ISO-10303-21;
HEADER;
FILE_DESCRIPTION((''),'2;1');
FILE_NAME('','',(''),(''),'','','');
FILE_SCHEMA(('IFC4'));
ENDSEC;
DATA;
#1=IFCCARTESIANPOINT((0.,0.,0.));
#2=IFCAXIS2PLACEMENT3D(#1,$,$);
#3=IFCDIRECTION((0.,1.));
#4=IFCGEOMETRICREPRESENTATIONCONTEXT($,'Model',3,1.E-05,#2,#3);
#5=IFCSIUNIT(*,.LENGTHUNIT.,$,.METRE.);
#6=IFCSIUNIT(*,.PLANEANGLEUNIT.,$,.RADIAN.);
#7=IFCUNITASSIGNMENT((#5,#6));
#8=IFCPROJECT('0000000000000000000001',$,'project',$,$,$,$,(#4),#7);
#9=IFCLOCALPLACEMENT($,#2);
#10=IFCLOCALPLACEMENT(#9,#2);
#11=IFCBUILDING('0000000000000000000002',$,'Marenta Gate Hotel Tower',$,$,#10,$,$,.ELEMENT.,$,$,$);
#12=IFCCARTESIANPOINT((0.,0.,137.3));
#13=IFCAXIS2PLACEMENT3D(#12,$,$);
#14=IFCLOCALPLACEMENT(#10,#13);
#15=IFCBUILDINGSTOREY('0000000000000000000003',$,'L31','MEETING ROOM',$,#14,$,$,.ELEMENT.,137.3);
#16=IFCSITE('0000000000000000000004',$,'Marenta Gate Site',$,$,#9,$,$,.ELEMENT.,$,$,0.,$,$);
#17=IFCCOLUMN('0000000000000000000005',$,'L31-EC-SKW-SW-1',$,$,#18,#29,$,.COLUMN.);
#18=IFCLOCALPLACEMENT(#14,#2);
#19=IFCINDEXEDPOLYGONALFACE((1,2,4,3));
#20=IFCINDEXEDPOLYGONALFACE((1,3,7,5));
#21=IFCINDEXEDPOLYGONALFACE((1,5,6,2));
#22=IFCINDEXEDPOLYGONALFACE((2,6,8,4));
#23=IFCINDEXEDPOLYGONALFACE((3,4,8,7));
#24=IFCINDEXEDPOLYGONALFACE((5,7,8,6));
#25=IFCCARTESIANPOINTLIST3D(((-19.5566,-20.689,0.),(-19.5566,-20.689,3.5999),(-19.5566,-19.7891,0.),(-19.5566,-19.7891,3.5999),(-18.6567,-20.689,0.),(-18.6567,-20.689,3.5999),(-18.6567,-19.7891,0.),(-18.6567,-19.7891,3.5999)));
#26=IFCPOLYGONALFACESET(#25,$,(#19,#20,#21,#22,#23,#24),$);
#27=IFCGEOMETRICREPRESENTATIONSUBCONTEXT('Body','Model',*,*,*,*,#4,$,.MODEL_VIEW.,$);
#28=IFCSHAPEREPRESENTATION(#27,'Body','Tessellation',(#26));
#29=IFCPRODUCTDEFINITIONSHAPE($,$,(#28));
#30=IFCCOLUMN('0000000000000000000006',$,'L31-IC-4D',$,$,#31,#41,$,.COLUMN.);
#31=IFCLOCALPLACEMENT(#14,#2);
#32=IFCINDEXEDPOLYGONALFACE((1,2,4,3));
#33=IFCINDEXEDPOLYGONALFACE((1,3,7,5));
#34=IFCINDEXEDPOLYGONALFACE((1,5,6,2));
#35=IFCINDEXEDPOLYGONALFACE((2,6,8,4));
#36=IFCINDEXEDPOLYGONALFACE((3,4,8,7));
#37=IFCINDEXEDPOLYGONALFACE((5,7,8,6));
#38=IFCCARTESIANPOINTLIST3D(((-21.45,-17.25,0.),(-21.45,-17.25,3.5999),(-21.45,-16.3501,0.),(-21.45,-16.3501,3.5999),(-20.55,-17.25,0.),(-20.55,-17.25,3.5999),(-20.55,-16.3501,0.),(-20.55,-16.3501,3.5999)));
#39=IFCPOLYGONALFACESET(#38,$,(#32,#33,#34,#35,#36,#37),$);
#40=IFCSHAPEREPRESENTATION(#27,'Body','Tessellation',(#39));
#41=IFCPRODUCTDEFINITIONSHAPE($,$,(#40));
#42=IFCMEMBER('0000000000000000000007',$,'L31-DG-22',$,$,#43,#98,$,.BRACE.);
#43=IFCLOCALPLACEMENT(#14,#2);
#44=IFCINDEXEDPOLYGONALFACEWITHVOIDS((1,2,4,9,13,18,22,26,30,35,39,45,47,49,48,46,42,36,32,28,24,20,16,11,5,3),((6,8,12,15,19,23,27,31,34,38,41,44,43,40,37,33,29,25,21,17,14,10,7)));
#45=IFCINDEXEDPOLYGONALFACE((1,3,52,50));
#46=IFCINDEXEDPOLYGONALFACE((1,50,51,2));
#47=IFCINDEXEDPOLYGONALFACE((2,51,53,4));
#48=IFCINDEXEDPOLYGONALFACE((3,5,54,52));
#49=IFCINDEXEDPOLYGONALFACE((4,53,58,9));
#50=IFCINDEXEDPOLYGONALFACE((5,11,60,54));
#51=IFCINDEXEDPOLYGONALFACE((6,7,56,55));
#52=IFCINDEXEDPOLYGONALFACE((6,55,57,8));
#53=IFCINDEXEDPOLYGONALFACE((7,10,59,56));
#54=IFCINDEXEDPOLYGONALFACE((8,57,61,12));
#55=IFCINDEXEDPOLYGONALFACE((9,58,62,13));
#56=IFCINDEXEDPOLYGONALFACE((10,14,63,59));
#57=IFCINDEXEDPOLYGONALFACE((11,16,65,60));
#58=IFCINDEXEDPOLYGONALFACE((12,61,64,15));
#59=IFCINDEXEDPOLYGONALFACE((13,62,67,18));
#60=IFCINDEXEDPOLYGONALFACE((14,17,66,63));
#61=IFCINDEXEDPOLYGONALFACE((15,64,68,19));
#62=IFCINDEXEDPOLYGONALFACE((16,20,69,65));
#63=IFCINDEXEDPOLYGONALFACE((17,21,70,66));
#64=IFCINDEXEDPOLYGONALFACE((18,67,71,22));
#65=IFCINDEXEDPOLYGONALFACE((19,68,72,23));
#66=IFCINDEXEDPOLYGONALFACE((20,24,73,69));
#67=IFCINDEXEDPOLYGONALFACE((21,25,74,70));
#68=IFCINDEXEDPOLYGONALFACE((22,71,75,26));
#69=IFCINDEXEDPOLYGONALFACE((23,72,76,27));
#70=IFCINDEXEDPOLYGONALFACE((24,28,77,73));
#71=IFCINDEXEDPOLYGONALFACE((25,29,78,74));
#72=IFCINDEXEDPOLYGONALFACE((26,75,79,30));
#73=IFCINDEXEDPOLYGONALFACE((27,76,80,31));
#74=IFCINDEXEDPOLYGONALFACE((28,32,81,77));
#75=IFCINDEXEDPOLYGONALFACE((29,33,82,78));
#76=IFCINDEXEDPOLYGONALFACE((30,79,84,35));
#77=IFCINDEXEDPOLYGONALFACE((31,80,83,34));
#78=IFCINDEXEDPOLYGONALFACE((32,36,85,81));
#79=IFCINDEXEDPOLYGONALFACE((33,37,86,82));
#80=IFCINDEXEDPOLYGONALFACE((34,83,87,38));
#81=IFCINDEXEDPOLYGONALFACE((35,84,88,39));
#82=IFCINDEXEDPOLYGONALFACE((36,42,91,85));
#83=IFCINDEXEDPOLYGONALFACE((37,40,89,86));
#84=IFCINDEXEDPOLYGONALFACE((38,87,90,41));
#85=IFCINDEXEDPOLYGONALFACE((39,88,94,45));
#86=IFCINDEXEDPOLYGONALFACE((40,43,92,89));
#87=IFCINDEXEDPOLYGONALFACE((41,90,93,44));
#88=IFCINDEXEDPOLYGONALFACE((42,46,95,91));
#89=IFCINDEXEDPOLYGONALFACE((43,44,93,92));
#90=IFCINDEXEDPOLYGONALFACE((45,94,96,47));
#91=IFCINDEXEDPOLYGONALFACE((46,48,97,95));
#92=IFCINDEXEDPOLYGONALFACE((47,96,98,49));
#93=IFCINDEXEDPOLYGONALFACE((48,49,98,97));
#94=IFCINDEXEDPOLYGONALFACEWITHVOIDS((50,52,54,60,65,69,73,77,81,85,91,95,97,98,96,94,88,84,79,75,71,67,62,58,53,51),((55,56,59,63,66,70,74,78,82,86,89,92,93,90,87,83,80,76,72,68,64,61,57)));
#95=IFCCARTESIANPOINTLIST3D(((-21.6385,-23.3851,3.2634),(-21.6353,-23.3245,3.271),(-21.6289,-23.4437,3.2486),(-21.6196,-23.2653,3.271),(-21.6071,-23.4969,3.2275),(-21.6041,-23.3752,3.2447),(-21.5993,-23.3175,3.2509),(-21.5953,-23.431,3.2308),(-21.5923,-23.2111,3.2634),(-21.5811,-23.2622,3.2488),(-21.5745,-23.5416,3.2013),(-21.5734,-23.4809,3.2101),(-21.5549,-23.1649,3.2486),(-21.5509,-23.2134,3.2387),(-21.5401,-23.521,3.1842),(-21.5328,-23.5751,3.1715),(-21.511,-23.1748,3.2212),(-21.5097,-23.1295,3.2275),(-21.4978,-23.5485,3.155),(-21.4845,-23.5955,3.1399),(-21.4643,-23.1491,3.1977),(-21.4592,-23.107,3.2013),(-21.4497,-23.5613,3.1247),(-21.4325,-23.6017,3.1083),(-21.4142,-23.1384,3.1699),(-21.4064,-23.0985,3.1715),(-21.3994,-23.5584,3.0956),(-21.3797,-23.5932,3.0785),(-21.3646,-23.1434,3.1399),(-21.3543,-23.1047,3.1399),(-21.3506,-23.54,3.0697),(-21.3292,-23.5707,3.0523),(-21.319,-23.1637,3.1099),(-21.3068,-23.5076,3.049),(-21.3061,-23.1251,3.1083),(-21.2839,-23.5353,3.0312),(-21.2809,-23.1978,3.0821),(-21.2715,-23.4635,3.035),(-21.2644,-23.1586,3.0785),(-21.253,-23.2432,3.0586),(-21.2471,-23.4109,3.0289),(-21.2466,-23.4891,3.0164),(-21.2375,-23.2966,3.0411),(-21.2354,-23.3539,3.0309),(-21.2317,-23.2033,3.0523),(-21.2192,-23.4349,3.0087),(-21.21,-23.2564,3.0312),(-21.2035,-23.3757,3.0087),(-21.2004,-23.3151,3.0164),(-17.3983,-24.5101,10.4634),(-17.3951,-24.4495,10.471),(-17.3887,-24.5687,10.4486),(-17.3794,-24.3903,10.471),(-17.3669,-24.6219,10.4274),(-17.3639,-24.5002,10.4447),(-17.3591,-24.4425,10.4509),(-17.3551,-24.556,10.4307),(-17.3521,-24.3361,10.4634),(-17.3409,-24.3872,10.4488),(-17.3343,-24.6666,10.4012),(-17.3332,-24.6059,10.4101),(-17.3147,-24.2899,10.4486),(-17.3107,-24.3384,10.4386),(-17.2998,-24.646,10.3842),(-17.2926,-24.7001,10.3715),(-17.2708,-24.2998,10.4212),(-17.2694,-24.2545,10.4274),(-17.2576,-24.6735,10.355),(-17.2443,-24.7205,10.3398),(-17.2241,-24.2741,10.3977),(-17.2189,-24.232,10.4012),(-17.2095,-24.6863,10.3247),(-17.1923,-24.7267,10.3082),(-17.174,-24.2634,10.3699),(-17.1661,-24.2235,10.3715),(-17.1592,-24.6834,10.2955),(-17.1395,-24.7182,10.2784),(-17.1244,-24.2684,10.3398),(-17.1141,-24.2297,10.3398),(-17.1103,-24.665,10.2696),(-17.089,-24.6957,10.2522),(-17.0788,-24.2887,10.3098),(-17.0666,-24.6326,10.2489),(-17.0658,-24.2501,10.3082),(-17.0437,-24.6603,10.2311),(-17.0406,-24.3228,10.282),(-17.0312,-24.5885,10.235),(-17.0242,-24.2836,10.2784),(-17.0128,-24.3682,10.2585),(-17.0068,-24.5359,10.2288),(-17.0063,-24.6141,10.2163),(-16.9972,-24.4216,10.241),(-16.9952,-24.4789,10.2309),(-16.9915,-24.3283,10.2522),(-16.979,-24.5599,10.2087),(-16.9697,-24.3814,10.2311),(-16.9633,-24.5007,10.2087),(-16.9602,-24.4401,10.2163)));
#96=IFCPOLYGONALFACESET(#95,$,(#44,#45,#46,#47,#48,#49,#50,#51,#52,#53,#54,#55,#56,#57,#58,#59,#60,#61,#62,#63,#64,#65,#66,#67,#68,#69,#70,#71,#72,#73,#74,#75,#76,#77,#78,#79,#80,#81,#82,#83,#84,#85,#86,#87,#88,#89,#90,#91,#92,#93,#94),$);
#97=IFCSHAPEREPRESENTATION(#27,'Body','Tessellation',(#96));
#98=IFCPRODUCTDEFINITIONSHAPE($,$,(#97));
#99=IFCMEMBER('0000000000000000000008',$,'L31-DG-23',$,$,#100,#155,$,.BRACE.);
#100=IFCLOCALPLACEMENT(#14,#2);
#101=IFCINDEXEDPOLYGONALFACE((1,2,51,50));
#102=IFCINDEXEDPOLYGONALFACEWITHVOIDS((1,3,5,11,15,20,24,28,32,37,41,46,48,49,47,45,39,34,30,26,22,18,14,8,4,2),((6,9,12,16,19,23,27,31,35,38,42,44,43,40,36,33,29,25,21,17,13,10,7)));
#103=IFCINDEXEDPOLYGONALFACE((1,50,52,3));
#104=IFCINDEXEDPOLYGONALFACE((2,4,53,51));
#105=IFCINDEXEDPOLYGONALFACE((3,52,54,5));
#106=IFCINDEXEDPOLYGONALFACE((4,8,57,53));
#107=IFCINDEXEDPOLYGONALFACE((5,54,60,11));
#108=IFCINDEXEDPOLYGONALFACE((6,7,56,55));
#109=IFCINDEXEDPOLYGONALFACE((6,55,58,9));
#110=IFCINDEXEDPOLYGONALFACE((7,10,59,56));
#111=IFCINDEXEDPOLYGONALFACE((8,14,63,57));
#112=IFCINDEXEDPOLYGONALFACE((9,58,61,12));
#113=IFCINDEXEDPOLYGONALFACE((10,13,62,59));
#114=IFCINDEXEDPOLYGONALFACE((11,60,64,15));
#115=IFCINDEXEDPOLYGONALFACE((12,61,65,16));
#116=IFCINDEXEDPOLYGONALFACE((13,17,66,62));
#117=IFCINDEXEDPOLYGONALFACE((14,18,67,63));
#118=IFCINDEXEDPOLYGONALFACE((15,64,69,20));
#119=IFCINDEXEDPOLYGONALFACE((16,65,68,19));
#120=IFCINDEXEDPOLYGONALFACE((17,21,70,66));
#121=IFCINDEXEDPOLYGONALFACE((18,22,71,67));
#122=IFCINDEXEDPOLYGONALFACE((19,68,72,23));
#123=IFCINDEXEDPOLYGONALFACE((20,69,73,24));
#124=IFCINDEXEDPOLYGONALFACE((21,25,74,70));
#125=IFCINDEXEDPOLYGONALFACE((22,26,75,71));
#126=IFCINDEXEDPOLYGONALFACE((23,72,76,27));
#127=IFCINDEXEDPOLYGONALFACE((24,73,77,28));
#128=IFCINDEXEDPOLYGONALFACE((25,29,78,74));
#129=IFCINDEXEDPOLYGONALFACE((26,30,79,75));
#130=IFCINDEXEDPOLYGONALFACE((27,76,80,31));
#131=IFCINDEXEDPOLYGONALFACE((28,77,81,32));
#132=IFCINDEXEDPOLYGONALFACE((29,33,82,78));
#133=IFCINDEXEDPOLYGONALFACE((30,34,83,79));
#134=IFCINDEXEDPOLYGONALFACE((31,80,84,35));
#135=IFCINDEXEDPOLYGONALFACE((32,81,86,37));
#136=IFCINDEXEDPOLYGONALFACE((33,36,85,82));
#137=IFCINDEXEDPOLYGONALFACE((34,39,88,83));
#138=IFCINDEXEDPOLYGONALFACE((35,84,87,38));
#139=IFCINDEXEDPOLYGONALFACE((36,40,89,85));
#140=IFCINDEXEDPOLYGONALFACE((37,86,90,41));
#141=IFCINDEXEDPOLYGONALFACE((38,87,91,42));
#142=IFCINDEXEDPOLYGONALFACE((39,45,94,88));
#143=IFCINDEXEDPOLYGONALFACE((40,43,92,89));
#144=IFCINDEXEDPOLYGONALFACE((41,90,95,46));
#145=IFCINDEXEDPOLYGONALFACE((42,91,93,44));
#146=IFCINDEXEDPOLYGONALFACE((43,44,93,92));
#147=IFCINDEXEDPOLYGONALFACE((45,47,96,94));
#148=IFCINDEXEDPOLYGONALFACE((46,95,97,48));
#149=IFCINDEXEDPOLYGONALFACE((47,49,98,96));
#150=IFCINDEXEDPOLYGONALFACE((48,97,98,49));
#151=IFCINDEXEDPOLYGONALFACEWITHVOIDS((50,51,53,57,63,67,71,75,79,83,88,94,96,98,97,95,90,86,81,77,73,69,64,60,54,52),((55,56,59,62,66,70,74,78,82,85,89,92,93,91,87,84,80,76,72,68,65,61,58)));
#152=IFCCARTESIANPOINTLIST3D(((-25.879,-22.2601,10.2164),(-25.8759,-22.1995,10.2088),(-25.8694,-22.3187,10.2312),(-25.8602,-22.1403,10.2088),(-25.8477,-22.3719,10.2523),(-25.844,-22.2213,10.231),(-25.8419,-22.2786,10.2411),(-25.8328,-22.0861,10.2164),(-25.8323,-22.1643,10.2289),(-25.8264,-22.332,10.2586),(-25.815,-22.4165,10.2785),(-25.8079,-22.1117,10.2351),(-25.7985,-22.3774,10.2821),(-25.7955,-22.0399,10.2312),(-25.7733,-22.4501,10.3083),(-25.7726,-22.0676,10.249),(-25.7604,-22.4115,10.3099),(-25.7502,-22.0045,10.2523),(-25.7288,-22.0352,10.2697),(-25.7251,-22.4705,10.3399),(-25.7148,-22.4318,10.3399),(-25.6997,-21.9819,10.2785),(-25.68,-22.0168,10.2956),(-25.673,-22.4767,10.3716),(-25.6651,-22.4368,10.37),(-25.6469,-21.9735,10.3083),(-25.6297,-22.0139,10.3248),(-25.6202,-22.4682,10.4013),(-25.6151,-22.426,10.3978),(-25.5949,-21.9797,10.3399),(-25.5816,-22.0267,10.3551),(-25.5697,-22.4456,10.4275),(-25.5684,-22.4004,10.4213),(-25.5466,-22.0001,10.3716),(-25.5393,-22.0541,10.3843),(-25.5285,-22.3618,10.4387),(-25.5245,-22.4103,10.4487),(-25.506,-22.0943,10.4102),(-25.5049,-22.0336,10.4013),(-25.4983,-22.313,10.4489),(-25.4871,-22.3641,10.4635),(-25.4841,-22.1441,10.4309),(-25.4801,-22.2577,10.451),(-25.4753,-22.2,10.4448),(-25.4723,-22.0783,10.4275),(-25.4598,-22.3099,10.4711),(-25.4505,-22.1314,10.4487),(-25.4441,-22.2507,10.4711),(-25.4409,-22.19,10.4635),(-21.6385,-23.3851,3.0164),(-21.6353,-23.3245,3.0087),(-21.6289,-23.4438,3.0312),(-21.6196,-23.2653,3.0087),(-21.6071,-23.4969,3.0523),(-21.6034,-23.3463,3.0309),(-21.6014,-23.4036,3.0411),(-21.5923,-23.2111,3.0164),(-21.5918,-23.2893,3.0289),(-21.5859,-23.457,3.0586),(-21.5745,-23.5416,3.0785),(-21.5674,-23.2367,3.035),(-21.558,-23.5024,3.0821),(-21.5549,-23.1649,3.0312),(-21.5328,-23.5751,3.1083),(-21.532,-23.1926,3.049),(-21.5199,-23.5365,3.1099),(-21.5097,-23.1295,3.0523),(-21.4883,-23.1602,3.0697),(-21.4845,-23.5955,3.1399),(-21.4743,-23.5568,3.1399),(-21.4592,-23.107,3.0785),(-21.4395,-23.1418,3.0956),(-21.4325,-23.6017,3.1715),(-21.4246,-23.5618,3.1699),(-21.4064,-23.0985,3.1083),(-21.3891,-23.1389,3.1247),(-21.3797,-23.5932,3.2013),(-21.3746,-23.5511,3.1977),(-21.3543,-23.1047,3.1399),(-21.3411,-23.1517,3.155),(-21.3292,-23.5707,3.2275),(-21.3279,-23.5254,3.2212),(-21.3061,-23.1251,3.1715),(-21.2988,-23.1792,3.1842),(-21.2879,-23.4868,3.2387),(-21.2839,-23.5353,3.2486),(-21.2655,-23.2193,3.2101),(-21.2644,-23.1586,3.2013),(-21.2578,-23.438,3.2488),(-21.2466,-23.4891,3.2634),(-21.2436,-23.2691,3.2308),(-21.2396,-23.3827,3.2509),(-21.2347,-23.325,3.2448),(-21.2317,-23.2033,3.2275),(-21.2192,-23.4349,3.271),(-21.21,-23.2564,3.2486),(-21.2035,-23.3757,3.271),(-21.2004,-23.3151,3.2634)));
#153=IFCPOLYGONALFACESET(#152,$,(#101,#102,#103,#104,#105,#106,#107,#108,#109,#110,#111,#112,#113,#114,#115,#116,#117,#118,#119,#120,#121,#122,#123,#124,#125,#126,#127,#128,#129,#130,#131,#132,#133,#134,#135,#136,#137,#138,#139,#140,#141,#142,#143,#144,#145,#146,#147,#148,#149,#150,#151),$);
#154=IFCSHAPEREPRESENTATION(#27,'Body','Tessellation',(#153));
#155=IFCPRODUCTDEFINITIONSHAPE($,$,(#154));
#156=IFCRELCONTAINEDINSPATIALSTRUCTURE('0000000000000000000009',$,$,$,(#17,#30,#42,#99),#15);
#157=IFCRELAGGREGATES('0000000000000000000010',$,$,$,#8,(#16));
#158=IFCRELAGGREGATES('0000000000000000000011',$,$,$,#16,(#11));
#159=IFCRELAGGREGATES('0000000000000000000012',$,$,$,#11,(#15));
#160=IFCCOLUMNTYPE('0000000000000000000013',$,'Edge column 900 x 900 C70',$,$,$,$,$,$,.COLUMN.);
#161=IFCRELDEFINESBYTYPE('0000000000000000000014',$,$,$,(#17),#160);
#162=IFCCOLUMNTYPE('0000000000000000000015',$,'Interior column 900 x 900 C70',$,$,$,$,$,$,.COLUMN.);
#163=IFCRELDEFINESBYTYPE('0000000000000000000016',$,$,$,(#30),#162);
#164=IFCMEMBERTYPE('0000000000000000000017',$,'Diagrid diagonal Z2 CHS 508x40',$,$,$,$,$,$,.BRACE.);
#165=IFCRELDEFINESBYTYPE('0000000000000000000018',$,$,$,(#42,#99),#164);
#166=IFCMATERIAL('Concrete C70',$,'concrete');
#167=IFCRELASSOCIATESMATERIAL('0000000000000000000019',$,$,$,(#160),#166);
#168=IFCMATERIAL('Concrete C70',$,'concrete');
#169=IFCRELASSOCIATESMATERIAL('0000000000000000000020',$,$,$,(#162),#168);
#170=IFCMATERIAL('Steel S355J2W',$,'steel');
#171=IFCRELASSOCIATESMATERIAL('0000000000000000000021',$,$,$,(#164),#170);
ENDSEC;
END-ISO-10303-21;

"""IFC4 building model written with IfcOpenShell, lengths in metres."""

from ifc_helpers import new_model, si_unit, direction, frame, origin, origin_2d, place, context, subcontext, project, spatial, rectangle, hollow_circle, extrude, material, material_profile, profile_set, type_object, element, save


model = new_model("IFC4")

# Units and contexts
model_context = context("Model", 3, precision=1e-05, world=origin(), true_north=direction((0.0, 1.0)))
body_context = subcontext(model_context, "Body", "Model", "MODEL_VIEW")
ifc_project = project(units=[si_unit("LENGTHUNIT", "METRE"), si_unit("PLANEANGLEUNIT", "RADIAN")], contexts=[model_context])

# Site, building, storey
site_placement = place(None, origin())
site = spatial("IfcSite", under=ifc_project, at=site_placement, Name="Marenta Gate Site", CompositionType="ELEMENT", RefElevation=0.0)
building_placement = place(site_placement, origin())
building = spatial("IfcBuilding", under=site, at=building_placement, Name="Marenta Gate Hotel Tower", CompositionType="ELEMENT")
storey_placement = place(building_placement, frame((0.0, 0.0, 137.3)))
storey = spatial("IfcBuildingStorey", under=building, at=storey_placement, Name="L31", Description="MEETING ROOM", CompositionType="ELEMENT", Elevation=137.3)

# Columns
ifc_material_1 = material(Name="Concrete C70", Category="concrete")
ifc_material_profile_1 = material_profile(ifc_material_1, rectangle(XDim=0.8999, YDim=0.8999, at=origin_2d()), Name="900 x 900")
ifc_profile_set_1 = profile_set([ifc_material_profile_1], Name="Concrete C70")
column_type_1 = type_object("IfcColumnType", Name="Edge column 900 x 900 C70", PredefinedType="COLUMN", material=ifc_profile_set_1)
column_1_placement = place(storey_placement, frame((-19.1067, -20.239, 0.0), z_axis=(0.0, 0.0, 1.0), x_axis=(1.0, 0.0, 0.0)))
element("IfcColumn", 1, at=column_1_placement, inside=storey, type_object=column_type_1, Name="L31-EC-SKW-SW-1", PredefinedType="COLUMN", context=body_context, shape_type="SweptSolid", body=[
    extrude(rectangle(XDim=0.8999, YDim=0.8999, at=origin_2d()), origin(), (0.0, 0.0, 1.0), 3.5999),
])
ifc_material_2 = material(Name="Concrete C70", Category="concrete")
ifc_material_profile_2 = material_profile(ifc_material_2, rectangle(XDim=0.8999, YDim=0.8999, at=origin_2d()), Name="900 x 900")
ifc_profile_set_2 = profile_set([ifc_material_profile_2], Name="Concrete C70")
column_type_2 = type_object("IfcColumnType", Name="Interior column 900 x 900 C70", PredefinedType="COLUMN", material=ifc_profile_set_2)
column_2_placement = place(storey_placement, frame((-21.0, -16.8, 0.0), z_axis=(0.0, 0.0, 1.0), x_axis=(1.0, 0.0, 0.0)))
element("IfcColumn", 2, at=column_2_placement, inside=storey, type_object=column_type_2, Name="L31-IC-4D", PredefinedType="COLUMN", context=body_context, shape_type="SweptSolid", body=[
    extrude(rectangle(XDim=0.8999, YDim=0.8999, at=origin_2d()), origin(), (0.0, 0.0, 1.0), 3.5999),
])

# Members
ifc_material_3 = material(Name="Steel S355J2W", Category="steel")
ifc_material_profile_3 = material_profile(ifc_material_3, hollow_circle(Radius=0.2539, WallThickness=0.04, at=origin_2d()), Name="CHS 508x40")
ifc_profile_set_3 = profile_set([ifc_material_profile_3], Name="Steel S355J2W")
member_type_1 = type_object("IfcMemberType", Name="Diagrid diagonal Z2 CHS 508x40", PredefinedType="BRACE", material=ifc_profile_set_3)
member_1_placement = place(storey_placement, frame((-21.4194, -23.3501, 3.1399), z_axis=(0.502924, -0.133434, 0.853969), x_axis=(0.256443, 0.966559, 0.0)))
element("IfcMember", 3, at=member_1_placement, inside=storey, type_object=member_type_1, Name="L31-DG-22", PredefinedType="BRACE", context=body_context, shape_type="SweptSolid", body=[
    extrude(hollow_circle(Radius=0.2539, WallThickness=0.04, at=origin_2d()), origin(), (0.0, 0.0, 1.0), 8.4312),
])
member_2_placement = place(storey_placement, frame((-21.4194, -23.3501, 3.1399), z_axis=(-0.502946, 0.133432, 0.853956), x_axis=(-0.256429, -0.966563, 0.0)))
element("IfcMember", 4, at=member_2_placement, inside=storey, type_object=member_type_1, Name="L31-DG-23", PredefinedType="BRACE", context=body_context, shape_type="SweptSolid", body=[
    extrude(hollow_circle(Radius=0.2539, WallThickness=0.04, at=origin_2d()), origin(), (0.0, 0.0, 1.0), 8.4314),
])

save(model, "model.ifc")
